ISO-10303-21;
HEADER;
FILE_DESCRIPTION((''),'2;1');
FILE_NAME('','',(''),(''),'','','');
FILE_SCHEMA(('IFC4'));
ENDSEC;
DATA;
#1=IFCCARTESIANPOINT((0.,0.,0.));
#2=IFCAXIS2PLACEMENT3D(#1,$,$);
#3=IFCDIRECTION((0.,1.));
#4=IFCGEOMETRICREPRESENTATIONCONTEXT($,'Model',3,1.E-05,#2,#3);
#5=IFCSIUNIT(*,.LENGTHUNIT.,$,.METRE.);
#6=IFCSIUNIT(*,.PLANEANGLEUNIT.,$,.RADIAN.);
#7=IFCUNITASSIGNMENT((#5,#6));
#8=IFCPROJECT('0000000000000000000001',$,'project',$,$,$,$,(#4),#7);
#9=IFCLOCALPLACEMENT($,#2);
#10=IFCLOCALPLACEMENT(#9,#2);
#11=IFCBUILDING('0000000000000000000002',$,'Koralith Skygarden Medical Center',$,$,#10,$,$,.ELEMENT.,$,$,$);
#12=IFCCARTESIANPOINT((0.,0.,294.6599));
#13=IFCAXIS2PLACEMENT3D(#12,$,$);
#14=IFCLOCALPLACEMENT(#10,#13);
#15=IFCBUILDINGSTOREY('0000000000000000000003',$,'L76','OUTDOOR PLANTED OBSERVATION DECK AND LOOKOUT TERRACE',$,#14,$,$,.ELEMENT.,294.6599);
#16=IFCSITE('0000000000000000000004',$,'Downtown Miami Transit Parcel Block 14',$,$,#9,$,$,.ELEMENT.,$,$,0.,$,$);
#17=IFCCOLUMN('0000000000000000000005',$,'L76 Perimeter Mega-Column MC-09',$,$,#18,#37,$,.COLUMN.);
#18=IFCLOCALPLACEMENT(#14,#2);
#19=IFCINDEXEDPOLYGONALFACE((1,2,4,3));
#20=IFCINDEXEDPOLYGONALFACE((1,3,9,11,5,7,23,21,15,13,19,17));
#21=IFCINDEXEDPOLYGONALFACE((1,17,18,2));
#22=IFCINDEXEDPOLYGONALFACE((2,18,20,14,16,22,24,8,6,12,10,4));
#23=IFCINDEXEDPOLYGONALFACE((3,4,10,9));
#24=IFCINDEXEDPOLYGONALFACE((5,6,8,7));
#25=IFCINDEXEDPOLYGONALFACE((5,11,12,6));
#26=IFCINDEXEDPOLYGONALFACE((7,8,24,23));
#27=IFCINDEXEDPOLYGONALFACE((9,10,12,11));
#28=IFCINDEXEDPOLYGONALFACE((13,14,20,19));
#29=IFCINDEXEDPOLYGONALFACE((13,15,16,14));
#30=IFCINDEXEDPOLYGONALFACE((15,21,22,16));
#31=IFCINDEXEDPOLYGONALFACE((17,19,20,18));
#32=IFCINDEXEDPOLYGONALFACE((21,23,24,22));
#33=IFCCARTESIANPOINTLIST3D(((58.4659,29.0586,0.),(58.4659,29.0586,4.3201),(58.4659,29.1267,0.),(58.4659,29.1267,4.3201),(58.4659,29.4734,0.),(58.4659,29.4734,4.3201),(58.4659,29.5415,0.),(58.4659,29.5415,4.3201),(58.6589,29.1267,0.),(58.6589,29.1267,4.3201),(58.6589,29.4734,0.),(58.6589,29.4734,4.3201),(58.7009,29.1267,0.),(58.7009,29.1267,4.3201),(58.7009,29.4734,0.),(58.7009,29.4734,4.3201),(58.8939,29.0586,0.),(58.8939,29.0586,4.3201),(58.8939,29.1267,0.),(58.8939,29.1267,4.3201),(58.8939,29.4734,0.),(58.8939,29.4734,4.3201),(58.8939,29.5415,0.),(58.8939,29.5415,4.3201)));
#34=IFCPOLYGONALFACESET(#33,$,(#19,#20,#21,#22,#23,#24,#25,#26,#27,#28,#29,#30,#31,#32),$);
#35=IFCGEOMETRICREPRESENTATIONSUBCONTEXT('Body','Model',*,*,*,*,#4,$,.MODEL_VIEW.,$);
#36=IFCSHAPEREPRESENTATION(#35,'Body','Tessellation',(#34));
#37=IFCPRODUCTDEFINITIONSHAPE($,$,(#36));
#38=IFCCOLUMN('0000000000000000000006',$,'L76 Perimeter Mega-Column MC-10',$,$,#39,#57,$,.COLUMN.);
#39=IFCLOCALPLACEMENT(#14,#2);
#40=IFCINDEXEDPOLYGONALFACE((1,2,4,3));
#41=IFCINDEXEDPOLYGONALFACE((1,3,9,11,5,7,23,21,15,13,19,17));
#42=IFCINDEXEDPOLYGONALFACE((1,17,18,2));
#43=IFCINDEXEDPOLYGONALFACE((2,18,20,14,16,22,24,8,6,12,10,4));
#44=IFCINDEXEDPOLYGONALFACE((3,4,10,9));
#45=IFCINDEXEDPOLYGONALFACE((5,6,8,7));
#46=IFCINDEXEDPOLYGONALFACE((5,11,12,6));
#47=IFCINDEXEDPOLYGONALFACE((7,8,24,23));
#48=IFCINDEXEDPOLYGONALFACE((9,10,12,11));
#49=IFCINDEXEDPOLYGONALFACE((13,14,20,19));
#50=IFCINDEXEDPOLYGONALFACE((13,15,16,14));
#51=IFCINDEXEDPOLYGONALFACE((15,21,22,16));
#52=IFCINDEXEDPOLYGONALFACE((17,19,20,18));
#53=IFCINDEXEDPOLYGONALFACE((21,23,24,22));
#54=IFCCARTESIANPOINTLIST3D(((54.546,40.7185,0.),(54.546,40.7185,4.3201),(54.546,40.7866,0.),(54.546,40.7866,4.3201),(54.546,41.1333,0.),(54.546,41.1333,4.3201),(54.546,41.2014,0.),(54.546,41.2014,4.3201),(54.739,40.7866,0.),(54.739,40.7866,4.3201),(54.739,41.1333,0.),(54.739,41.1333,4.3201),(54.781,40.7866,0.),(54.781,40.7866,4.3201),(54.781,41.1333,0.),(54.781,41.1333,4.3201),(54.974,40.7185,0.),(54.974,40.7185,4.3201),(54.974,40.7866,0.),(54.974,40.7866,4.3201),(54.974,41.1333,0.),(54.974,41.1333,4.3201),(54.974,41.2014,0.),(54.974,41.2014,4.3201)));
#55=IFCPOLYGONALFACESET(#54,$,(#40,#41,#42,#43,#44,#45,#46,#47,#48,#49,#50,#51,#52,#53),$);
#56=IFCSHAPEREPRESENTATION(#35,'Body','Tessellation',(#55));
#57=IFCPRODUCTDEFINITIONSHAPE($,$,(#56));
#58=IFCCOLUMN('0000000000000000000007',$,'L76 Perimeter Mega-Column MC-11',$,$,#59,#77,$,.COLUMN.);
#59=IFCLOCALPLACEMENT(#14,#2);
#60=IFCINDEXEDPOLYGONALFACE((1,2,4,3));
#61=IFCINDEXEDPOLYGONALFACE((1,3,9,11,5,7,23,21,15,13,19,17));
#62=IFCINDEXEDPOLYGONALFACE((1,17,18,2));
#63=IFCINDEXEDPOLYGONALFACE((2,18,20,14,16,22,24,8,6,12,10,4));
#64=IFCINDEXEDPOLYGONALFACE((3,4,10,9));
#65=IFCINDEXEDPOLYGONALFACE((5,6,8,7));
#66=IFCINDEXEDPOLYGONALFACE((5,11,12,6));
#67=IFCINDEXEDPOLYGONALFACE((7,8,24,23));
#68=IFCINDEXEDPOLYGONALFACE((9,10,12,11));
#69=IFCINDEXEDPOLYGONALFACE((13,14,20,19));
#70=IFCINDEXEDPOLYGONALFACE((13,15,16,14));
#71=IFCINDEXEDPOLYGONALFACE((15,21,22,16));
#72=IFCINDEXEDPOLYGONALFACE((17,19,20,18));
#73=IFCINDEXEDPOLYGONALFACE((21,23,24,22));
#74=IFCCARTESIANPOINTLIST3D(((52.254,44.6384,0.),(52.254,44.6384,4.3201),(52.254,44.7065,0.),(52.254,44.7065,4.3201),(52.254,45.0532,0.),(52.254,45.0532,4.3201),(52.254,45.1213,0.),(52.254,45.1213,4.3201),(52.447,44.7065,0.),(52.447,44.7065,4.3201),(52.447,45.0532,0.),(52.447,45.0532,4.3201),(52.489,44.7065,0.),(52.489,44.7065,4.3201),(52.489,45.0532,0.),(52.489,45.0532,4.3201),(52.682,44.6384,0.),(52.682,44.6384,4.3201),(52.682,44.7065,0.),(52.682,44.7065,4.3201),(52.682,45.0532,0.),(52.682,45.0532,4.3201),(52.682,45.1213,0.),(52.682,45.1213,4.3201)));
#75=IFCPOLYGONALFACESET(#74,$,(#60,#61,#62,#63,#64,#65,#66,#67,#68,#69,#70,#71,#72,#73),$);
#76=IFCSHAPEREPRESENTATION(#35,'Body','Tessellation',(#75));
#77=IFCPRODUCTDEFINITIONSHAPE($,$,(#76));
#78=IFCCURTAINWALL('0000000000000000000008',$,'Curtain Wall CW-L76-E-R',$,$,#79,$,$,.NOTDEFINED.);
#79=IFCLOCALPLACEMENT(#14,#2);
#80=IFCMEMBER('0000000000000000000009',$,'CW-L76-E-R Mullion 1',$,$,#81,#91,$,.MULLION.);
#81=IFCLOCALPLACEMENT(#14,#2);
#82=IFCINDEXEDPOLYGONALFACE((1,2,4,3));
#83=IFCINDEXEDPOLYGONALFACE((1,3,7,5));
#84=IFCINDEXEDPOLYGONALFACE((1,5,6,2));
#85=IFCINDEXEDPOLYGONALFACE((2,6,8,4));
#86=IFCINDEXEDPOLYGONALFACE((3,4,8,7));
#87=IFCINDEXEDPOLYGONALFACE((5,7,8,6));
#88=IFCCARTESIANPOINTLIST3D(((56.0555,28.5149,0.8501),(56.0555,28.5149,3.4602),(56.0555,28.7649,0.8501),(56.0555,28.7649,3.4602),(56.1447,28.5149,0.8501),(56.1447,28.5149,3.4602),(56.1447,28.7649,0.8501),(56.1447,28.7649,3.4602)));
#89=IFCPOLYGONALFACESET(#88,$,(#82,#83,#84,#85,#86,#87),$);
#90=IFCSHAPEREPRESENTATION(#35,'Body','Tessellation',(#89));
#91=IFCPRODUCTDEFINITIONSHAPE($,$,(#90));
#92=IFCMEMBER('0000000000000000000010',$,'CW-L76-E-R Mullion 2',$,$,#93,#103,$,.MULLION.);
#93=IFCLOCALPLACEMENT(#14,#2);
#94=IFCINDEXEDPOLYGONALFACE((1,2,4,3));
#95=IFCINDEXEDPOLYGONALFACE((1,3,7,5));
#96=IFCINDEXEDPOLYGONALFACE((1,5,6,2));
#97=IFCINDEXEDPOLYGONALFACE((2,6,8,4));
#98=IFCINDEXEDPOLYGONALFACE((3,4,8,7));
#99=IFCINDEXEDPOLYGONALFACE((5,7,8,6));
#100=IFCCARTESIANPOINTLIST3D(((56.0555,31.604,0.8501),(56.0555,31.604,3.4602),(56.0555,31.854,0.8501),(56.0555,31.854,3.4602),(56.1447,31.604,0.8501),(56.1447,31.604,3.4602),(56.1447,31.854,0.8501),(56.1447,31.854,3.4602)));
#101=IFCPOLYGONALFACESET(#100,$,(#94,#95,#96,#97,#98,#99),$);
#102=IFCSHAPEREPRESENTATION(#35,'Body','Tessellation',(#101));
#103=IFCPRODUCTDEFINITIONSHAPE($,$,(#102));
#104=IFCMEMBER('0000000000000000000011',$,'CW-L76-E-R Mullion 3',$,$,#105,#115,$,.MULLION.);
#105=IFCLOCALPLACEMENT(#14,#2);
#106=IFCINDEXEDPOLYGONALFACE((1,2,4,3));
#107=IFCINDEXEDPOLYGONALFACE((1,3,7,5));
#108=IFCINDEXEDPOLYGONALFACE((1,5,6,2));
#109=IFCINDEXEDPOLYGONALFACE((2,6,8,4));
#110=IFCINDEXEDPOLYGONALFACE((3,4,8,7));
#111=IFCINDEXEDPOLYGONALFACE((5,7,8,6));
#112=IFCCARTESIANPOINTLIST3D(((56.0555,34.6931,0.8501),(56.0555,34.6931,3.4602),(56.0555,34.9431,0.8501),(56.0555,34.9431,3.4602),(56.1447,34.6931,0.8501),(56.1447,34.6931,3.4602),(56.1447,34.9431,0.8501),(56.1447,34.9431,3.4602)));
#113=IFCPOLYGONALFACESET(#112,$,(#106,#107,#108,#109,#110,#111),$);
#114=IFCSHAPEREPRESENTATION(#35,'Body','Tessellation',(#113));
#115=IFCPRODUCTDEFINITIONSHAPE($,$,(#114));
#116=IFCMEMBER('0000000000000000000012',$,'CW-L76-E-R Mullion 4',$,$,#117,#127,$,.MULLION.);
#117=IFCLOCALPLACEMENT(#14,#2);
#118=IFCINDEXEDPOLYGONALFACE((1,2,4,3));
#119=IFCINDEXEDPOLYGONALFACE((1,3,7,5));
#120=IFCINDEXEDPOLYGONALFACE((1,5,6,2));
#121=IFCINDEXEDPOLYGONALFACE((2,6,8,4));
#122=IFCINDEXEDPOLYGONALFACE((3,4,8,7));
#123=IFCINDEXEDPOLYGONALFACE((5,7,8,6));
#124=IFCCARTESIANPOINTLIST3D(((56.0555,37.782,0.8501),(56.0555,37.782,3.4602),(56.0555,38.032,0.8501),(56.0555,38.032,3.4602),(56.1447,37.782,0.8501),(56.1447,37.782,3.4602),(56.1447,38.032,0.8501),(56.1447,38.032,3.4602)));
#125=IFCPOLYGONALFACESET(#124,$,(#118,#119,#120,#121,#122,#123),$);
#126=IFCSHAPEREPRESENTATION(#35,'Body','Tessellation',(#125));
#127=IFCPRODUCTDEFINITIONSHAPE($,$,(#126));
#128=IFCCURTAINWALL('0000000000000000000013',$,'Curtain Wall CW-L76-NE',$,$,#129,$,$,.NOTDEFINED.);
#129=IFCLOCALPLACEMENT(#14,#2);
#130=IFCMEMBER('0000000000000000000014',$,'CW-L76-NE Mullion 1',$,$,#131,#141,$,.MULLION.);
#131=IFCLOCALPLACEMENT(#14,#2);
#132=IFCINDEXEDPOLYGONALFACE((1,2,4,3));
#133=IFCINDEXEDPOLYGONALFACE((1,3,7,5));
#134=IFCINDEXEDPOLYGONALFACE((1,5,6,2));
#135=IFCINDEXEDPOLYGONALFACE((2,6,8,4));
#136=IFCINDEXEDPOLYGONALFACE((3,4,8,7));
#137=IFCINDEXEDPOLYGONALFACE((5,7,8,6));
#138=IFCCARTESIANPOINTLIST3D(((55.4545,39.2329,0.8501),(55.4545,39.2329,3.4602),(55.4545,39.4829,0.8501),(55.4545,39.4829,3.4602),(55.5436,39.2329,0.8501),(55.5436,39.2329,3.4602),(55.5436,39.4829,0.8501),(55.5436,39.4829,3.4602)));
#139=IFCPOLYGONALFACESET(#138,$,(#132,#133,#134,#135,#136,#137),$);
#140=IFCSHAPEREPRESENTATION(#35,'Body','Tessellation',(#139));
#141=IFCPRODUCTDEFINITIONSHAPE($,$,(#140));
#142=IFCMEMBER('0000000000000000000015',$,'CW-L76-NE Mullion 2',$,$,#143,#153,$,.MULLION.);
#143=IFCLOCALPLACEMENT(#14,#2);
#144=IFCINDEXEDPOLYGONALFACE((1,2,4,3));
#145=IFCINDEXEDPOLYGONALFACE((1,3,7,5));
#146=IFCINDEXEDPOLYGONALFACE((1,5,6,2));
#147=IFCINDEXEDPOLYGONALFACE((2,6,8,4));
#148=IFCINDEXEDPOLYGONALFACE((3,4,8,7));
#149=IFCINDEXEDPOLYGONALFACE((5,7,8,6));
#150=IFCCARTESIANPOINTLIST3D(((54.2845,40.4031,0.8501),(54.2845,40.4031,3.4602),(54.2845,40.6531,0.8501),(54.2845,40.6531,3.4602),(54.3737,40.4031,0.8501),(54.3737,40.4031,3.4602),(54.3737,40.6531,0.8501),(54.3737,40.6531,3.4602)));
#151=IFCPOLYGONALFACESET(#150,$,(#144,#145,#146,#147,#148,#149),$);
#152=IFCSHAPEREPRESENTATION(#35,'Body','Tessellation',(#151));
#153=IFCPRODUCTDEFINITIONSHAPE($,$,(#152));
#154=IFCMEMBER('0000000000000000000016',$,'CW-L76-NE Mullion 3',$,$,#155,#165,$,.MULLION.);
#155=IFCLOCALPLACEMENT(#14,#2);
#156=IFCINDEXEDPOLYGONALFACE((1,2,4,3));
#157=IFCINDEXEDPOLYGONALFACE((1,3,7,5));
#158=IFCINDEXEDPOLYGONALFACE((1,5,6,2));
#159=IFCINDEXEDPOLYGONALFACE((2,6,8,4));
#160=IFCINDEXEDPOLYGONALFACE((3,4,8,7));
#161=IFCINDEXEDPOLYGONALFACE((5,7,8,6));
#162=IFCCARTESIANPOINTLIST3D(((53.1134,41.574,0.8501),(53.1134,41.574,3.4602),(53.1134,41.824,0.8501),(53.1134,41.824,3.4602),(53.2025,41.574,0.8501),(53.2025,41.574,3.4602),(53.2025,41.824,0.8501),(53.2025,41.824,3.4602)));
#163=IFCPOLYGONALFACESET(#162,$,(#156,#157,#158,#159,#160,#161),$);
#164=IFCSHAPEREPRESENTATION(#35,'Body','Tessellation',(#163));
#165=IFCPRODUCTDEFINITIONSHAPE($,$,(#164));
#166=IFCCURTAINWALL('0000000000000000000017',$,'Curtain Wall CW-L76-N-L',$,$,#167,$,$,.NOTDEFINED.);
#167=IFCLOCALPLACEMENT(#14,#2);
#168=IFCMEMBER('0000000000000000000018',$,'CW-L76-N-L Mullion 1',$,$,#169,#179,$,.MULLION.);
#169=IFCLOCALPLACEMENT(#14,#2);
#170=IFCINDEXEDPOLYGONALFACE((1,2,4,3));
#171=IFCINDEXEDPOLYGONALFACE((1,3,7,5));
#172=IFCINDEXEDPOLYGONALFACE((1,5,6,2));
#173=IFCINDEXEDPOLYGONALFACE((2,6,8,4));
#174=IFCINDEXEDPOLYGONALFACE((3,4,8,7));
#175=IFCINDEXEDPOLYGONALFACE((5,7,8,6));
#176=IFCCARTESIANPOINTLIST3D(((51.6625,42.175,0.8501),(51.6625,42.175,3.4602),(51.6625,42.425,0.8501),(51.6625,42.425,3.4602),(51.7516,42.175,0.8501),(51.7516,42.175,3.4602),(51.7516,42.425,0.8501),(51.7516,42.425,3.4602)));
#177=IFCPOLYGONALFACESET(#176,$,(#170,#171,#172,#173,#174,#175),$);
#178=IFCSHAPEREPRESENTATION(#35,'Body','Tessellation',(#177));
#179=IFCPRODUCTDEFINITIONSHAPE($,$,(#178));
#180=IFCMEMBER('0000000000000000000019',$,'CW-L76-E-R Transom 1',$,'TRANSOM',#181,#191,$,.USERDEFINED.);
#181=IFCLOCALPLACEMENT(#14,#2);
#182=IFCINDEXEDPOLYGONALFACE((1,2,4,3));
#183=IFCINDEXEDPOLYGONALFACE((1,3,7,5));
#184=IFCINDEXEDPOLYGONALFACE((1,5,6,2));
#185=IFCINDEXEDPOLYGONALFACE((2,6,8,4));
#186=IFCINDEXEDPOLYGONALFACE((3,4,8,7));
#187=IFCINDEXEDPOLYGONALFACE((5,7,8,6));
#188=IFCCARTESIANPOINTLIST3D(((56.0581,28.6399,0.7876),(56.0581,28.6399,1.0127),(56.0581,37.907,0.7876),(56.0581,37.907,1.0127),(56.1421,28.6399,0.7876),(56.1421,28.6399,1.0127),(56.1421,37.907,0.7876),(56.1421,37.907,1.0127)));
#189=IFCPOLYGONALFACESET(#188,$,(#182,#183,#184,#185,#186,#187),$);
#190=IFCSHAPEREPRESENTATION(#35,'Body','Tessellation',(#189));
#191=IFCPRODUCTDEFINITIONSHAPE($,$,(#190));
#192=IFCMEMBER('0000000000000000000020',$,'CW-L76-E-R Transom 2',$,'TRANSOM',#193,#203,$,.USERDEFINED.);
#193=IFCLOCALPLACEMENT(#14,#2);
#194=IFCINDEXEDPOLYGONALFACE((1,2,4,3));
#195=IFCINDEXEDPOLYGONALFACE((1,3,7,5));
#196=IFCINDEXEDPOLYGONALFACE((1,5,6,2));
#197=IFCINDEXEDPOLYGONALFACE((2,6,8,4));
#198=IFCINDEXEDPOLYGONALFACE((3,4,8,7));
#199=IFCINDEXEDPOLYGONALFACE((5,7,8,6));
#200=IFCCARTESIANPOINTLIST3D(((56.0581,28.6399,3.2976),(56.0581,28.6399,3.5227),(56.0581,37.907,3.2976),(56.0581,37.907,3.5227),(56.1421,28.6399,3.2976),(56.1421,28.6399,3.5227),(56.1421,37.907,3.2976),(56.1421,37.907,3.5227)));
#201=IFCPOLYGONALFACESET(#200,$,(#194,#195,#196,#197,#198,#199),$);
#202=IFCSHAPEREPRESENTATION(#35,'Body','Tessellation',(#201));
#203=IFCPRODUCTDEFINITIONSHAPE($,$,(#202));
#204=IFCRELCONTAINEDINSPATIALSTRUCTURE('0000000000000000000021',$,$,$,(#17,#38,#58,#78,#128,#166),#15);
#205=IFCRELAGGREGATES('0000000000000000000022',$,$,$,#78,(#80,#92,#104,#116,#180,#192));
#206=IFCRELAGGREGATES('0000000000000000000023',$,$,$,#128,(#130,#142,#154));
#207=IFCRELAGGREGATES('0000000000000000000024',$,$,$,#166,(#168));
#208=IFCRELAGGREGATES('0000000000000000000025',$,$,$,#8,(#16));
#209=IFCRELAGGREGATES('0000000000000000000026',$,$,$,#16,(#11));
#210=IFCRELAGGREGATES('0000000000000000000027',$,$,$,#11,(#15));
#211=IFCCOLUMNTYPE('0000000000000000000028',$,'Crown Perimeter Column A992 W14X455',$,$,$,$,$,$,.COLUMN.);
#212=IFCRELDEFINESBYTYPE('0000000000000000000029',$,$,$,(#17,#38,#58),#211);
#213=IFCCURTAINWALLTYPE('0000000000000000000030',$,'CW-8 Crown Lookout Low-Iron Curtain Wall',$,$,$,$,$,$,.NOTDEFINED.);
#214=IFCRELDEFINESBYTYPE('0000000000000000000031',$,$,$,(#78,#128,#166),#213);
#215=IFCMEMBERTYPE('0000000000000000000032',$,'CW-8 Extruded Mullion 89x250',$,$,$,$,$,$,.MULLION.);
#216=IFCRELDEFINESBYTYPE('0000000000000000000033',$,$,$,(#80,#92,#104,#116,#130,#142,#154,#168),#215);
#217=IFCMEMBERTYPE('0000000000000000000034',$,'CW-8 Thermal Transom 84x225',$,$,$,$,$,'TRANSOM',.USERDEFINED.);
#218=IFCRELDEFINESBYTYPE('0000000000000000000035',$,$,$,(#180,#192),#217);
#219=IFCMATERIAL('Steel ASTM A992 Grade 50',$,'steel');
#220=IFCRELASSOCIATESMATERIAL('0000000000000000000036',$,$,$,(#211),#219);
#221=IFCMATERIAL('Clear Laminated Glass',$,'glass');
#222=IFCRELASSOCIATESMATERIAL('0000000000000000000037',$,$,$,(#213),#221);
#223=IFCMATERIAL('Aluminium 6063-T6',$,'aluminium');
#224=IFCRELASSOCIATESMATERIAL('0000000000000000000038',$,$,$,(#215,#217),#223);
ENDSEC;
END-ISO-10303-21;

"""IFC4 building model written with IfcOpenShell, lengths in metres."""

from ifc_helpers import new_model, si_unit, direction, frame, origin, origin_2d, place, context, subcontext, project, spatial, rectangle, i_section, extrude, material, material_profile, profile_set, type_object, element, aggregate, save


model = new_model("IFC4")

# Units and contexts
model_context = context("Model", 3, precision=1e-05, world=origin(), true_north=direction((0.0, 1.0)))
body_context = subcontext(model_context, "Body", "Model", "MODEL_VIEW")
ifc_project = project(units=[si_unit("LENGTHUNIT", "METRE"), si_unit("PLANEANGLEUNIT", "RADIAN")], contexts=[model_context])

# Site, building, storey
site_placement = place(None, origin())
site = spatial("IfcSite", under=ifc_project, at=site_placement, Name="Downtown Miami Transit Parcel Block 14", CompositionType="ELEMENT", RefElevation=0.0)
building_placement = place(site_placement, origin())
building = spatial("IfcBuilding", under=site, at=building_placement, Name="Koralith Skygarden Medical Center", CompositionType="ELEMENT")
storey_placement = place(building_placement, frame((0.0, 0.0, 294.6599)))
storey = spatial("IfcBuildingStorey", under=building, at=storey_placement, Name="L76", Description="OUTDOOR PLANTED OBSERVATION DECK AND LOOKOUT TERRACE", CompositionType="ELEMENT", Elevation=294.6599)

# Columns
ifc_material_1 = material(Name="Steel ASTM A992 Grade 50", Category="steel")
ifc_material_profile_1 = material_profile(ifc_material_1, i_section(OverallWidth=0.428, OverallDepth=0.4829, WebThickness=0.042, FlangeThickness=0.0681, at=origin_2d()), Name="W14X455")
ifc_profile_set_1 = profile_set([ifc_material_profile_1], Name="Steel ASTM A992 Grade 50")
column_type = type_object("IfcColumnType", Name="Crown Perimeter Column A992 W14X455", PredefinedType="COLUMN", material=ifc_profile_set_1)
for number, where, z_axis, x_axis, name in (
    (1, (58.6799, 29.3, 0.0), (0.0, 0.0, 1.0), (1.0, 0.0, 0.0), "L76 Perimeter Mega-Column MC-09"),
    (2, (54.76, 40.96, 0.0), (0.0, 0.0, 1.0), (1.0, 0.0, 0.0), "L76 Perimeter Mega-Column MC-10"),
    (3, (52.468, 44.8799, 0.0), (0.0, 0.0, 1.0), (1.0, 0.0, 0.0), "L76 Perimeter Mega-Column MC-11"),
):
    element("IfcColumn", number, at=place(storey_placement, frame(where, z_axis=z_axis, x_axis=x_axis)), inside=storey, type_object=column_type, Name=name, PredefinedType="COLUMN", context=body_context, shape_type="SweptSolid", body=[
        extrude(i_section(OverallWidth=0.428, OverallDepth=0.4829, WebThickness=0.042, FlangeThickness=0.0681, at=origin_2d()), origin(), (0.0, 0.0, 1.0), 4.3201),
    ])

# Curtain walls, members
ifc_material_2 = material(Name="Clear Laminated Glass", Category="glass")
curtain_wall_type = type_object("IfcCurtainWallType", Name="CW-8 Crown Lookout Low-Iron Curtain Wall", PredefinedType="NOTDEFINED", material=ifc_material_2)
curtain_wall_1_placement = place(storey_placement, origin())
curtain_wall_1 = element("IfcCurtainWall", 4, at=curtain_wall_1_placement, inside=storey, type_object=curtain_wall_type, Name="Curtain Wall CW-L76-E-R", PredefinedType="NOTDEFINED")
ifc_material_3 = material(Name="Aluminium 6063-T6", Category="aluminium")
ifc_material_profile_2 = material_profile(ifc_material_3, rectangle(XDim=0.0891, YDim=0.25, at=origin_2d()), Name="MUL89X250")
ifc_profile_set_2 = profile_set([ifc_material_profile_2], Name="Aluminium 6063-T6")
member_type_1 = type_object("IfcMemberType", Name="CW-8 Extruded Mullion 89x250", PredefinedType="MULLION", material=ifc_profile_set_2)
member_1_placement = place(storey_placement, frame((56.1001, 28.6399, 0.8501), z_axis=(0.0, 0.0, 1.0), x_axis=(1.0, 0.0, 0.0)))
member_1 = element("IfcMember", 5, at=member_1_placement, type_object=member_type_1, Name="CW-L76-E-R Mullion 1", PredefinedType="MULLION", context=body_context, shape_type="SweptSolid", body=[
    extrude(rectangle(XDim=0.0891, YDim=0.25, at=origin_2d()), origin(), (0.0, 0.0, 1.0), 2.6101),
])
member_2_placement = place(storey_placement, frame((56.1001, 31.729, 0.8501), z_axis=(0.0, 0.0, 1.0), x_axis=(1.0, 0.0, 0.0)))
member_2 = element("IfcMember", 6, at=member_2_placement, type_object=member_type_1, Name="CW-L76-E-R Mullion 2", PredefinedType="MULLION", context=body_context, shape_type="SweptSolid", body=[
    extrude(rectangle(XDim=0.0891, YDim=0.25, at=origin_2d()), origin(), (0.0, 0.0, 1.0), 2.6101),
])
member_3_placement = place(storey_placement, frame((56.1001, 34.8181, 0.8501), z_axis=(0.0, 0.0, 1.0), x_axis=(1.0, 0.0, 0.0)))
member_3 = element("IfcMember", 7, at=member_3_placement, type_object=member_type_1, Name="CW-L76-E-R Mullion 3", PredefinedType="MULLION", context=body_context, shape_type="SweptSolid", body=[
    extrude(rectangle(XDim=0.0891, YDim=0.25, at=origin_2d()), origin(), (0.0, 0.0, 1.0), 2.6101),
])
member_4_placement = place(storey_placement, frame((56.1001, 37.907, 0.8501), z_axis=(0.0, 0.0, 1.0), x_axis=(1.0, 0.0, 0.0)))
member_4 = element("IfcMember", 8, at=member_4_placement, type_object=member_type_1, Name="CW-L76-E-R Mullion 4", PredefinedType="MULLION", context=body_context, shape_type="SweptSolid", body=[
    extrude(rectangle(XDim=0.0891, YDim=0.25, at=origin_2d()), origin(), (0.0, 0.0, 1.0), 2.6101),
])
curtain_wall_2_placement = place(storey_placement, origin())
curtain_wall_2 = element("IfcCurtainWall", 9, at=curtain_wall_2_placement, inside=storey, type_object=curtain_wall_type, Name="Curtain Wall CW-L76-NE", PredefinedType="NOTDEFINED")
member_5_placement = place(storey_placement, frame((55.499, 39.3579, 0.8501), z_axis=(0.0, 0.0, 1.0), x_axis=(1.0, 0.0, 0.0)))
member_5 = element("IfcMember", 10, at=member_5_placement, type_object=member_type_1, Name="CW-L76-NE Mullion 1", PredefinedType="MULLION", context=body_context, shape_type="SweptSolid", body=[
    extrude(rectangle(XDim=0.0891, YDim=0.25, at=origin_2d()), origin(), (0.0, 0.0, 1.0), 2.6101),
])
member_6_placement = place(storey_placement, frame((54.3291, 40.5281, 0.8501), z_axis=(0.0, 0.0, 1.0), x_axis=(1.0, 0.0, 0.0)))
member_6 = element("IfcMember", 11, at=member_6_placement, type_object=member_type_1, Name="CW-L76-NE Mullion 2", PredefinedType="MULLION", context=body_context, shape_type="SweptSolid", body=[
    extrude(rectangle(XDim=0.0891, YDim=0.25, at=origin_2d()), origin(), (0.0, 0.0, 1.0), 2.6101),
])
member_7_placement = place(storey_placement, frame((53.158, 41.699, 0.8501), z_axis=(0.0, 0.0, 1.0), x_axis=(1.0, 0.0, 0.0)))
member_7 = element("IfcMember", 12, at=member_7_placement, type_object=member_type_1, Name="CW-L76-NE Mullion 3", PredefinedType="MULLION", context=body_context, shape_type="SweptSolid", body=[
    extrude(rectangle(XDim=0.0891, YDim=0.25, at=origin_2d()), origin(), (0.0, 0.0, 1.0), 2.6101),
])

# Curtain wall, member
curtain_wall_3_placement = place(storey_placement, origin())
curtain_wall_3 = element("IfcCurtainWall", 13, at=curtain_wall_3_placement, inside=storey, type_object=curtain_wall_type, Name="Curtain Wall CW-L76-N-L", PredefinedType="NOTDEFINED")
member_8_placement = place(storey_placement, frame((51.707, 42.3, 0.8501), z_axis=(0.0, 0.0, 1.0), x_axis=(1.0, 0.0, 0.0)))
member_8 = element("IfcMember", 14, at=member_8_placement, type_object=member_type_1, Name="CW-L76-N-L Mullion 1", PredefinedType="MULLION", context=body_context, shape_type="SweptSolid", body=[
    extrude(rectangle(XDim=0.0891, YDim=0.25, at=origin_2d()), origin(), (0.0, 0.0, 1.0), 2.6101),
])

# Members
ifc_material_profile_3 = material_profile(ifc_material_3, rectangle(XDim=0.084, YDim=0.2251, at=origin_2d()), Name="TRN84X225")
ifc_profile_set_3 = profile_set([ifc_material_profile_3], Name="Aluminium 6063-T6")
member_type_2 = type_object("IfcMemberType", Name="CW-8 Thermal Transom 84x225", ElementType="TRANSOM", PredefinedType="USERDEFINED", material=ifc_profile_set_3)
member_9_placement = place(storey_placement, frame((56.1001, 28.6399, 0.9001), z_axis=(0.0, 1.0, 0.0), x_axis=(-1.0, 0.0, 0.0)))
member_9 = element("IfcMember", 15, at=member_9_placement, type_object=member_type_2, Name="CW-L76-E-R Transom 1", ObjectType="TRANSOM", PredefinedType="USERDEFINED", context=body_context, shape_type="SweptSolid", body=[
    extrude(rectangle(XDim=0.084, YDim=0.2251, at=origin_2d()), origin(), (0.0, 0.0, 1.0), 9.2671),
])
member_10_placement = place(storey_placement, frame((56.1001, 28.6399, 3.4102), z_axis=(0.0, 1.0, 0.0), x_axis=(-1.0, 0.0, 0.0)))
member_10 = element("IfcMember", 16, at=member_10_placement, type_object=member_type_2, Name="CW-L76-E-R Transom 2", ObjectType="TRANSOM", PredefinedType="USERDEFINED", context=body_context, shape_type="SweptSolid", body=[
    extrude(rectangle(XDim=0.084, YDim=0.2251, at=origin_2d()), origin(), (0.0, 0.0, 1.0), 9.2671),
])

aggregate(curtain_wall_1, [member_1, member_2, member_3, member_4, member_9, member_10])
aggregate(curtain_wall_2, [member_5, member_6, member_7])
aggregate(curtain_wall_3, [member_8])

save(model, "model.ifc")
